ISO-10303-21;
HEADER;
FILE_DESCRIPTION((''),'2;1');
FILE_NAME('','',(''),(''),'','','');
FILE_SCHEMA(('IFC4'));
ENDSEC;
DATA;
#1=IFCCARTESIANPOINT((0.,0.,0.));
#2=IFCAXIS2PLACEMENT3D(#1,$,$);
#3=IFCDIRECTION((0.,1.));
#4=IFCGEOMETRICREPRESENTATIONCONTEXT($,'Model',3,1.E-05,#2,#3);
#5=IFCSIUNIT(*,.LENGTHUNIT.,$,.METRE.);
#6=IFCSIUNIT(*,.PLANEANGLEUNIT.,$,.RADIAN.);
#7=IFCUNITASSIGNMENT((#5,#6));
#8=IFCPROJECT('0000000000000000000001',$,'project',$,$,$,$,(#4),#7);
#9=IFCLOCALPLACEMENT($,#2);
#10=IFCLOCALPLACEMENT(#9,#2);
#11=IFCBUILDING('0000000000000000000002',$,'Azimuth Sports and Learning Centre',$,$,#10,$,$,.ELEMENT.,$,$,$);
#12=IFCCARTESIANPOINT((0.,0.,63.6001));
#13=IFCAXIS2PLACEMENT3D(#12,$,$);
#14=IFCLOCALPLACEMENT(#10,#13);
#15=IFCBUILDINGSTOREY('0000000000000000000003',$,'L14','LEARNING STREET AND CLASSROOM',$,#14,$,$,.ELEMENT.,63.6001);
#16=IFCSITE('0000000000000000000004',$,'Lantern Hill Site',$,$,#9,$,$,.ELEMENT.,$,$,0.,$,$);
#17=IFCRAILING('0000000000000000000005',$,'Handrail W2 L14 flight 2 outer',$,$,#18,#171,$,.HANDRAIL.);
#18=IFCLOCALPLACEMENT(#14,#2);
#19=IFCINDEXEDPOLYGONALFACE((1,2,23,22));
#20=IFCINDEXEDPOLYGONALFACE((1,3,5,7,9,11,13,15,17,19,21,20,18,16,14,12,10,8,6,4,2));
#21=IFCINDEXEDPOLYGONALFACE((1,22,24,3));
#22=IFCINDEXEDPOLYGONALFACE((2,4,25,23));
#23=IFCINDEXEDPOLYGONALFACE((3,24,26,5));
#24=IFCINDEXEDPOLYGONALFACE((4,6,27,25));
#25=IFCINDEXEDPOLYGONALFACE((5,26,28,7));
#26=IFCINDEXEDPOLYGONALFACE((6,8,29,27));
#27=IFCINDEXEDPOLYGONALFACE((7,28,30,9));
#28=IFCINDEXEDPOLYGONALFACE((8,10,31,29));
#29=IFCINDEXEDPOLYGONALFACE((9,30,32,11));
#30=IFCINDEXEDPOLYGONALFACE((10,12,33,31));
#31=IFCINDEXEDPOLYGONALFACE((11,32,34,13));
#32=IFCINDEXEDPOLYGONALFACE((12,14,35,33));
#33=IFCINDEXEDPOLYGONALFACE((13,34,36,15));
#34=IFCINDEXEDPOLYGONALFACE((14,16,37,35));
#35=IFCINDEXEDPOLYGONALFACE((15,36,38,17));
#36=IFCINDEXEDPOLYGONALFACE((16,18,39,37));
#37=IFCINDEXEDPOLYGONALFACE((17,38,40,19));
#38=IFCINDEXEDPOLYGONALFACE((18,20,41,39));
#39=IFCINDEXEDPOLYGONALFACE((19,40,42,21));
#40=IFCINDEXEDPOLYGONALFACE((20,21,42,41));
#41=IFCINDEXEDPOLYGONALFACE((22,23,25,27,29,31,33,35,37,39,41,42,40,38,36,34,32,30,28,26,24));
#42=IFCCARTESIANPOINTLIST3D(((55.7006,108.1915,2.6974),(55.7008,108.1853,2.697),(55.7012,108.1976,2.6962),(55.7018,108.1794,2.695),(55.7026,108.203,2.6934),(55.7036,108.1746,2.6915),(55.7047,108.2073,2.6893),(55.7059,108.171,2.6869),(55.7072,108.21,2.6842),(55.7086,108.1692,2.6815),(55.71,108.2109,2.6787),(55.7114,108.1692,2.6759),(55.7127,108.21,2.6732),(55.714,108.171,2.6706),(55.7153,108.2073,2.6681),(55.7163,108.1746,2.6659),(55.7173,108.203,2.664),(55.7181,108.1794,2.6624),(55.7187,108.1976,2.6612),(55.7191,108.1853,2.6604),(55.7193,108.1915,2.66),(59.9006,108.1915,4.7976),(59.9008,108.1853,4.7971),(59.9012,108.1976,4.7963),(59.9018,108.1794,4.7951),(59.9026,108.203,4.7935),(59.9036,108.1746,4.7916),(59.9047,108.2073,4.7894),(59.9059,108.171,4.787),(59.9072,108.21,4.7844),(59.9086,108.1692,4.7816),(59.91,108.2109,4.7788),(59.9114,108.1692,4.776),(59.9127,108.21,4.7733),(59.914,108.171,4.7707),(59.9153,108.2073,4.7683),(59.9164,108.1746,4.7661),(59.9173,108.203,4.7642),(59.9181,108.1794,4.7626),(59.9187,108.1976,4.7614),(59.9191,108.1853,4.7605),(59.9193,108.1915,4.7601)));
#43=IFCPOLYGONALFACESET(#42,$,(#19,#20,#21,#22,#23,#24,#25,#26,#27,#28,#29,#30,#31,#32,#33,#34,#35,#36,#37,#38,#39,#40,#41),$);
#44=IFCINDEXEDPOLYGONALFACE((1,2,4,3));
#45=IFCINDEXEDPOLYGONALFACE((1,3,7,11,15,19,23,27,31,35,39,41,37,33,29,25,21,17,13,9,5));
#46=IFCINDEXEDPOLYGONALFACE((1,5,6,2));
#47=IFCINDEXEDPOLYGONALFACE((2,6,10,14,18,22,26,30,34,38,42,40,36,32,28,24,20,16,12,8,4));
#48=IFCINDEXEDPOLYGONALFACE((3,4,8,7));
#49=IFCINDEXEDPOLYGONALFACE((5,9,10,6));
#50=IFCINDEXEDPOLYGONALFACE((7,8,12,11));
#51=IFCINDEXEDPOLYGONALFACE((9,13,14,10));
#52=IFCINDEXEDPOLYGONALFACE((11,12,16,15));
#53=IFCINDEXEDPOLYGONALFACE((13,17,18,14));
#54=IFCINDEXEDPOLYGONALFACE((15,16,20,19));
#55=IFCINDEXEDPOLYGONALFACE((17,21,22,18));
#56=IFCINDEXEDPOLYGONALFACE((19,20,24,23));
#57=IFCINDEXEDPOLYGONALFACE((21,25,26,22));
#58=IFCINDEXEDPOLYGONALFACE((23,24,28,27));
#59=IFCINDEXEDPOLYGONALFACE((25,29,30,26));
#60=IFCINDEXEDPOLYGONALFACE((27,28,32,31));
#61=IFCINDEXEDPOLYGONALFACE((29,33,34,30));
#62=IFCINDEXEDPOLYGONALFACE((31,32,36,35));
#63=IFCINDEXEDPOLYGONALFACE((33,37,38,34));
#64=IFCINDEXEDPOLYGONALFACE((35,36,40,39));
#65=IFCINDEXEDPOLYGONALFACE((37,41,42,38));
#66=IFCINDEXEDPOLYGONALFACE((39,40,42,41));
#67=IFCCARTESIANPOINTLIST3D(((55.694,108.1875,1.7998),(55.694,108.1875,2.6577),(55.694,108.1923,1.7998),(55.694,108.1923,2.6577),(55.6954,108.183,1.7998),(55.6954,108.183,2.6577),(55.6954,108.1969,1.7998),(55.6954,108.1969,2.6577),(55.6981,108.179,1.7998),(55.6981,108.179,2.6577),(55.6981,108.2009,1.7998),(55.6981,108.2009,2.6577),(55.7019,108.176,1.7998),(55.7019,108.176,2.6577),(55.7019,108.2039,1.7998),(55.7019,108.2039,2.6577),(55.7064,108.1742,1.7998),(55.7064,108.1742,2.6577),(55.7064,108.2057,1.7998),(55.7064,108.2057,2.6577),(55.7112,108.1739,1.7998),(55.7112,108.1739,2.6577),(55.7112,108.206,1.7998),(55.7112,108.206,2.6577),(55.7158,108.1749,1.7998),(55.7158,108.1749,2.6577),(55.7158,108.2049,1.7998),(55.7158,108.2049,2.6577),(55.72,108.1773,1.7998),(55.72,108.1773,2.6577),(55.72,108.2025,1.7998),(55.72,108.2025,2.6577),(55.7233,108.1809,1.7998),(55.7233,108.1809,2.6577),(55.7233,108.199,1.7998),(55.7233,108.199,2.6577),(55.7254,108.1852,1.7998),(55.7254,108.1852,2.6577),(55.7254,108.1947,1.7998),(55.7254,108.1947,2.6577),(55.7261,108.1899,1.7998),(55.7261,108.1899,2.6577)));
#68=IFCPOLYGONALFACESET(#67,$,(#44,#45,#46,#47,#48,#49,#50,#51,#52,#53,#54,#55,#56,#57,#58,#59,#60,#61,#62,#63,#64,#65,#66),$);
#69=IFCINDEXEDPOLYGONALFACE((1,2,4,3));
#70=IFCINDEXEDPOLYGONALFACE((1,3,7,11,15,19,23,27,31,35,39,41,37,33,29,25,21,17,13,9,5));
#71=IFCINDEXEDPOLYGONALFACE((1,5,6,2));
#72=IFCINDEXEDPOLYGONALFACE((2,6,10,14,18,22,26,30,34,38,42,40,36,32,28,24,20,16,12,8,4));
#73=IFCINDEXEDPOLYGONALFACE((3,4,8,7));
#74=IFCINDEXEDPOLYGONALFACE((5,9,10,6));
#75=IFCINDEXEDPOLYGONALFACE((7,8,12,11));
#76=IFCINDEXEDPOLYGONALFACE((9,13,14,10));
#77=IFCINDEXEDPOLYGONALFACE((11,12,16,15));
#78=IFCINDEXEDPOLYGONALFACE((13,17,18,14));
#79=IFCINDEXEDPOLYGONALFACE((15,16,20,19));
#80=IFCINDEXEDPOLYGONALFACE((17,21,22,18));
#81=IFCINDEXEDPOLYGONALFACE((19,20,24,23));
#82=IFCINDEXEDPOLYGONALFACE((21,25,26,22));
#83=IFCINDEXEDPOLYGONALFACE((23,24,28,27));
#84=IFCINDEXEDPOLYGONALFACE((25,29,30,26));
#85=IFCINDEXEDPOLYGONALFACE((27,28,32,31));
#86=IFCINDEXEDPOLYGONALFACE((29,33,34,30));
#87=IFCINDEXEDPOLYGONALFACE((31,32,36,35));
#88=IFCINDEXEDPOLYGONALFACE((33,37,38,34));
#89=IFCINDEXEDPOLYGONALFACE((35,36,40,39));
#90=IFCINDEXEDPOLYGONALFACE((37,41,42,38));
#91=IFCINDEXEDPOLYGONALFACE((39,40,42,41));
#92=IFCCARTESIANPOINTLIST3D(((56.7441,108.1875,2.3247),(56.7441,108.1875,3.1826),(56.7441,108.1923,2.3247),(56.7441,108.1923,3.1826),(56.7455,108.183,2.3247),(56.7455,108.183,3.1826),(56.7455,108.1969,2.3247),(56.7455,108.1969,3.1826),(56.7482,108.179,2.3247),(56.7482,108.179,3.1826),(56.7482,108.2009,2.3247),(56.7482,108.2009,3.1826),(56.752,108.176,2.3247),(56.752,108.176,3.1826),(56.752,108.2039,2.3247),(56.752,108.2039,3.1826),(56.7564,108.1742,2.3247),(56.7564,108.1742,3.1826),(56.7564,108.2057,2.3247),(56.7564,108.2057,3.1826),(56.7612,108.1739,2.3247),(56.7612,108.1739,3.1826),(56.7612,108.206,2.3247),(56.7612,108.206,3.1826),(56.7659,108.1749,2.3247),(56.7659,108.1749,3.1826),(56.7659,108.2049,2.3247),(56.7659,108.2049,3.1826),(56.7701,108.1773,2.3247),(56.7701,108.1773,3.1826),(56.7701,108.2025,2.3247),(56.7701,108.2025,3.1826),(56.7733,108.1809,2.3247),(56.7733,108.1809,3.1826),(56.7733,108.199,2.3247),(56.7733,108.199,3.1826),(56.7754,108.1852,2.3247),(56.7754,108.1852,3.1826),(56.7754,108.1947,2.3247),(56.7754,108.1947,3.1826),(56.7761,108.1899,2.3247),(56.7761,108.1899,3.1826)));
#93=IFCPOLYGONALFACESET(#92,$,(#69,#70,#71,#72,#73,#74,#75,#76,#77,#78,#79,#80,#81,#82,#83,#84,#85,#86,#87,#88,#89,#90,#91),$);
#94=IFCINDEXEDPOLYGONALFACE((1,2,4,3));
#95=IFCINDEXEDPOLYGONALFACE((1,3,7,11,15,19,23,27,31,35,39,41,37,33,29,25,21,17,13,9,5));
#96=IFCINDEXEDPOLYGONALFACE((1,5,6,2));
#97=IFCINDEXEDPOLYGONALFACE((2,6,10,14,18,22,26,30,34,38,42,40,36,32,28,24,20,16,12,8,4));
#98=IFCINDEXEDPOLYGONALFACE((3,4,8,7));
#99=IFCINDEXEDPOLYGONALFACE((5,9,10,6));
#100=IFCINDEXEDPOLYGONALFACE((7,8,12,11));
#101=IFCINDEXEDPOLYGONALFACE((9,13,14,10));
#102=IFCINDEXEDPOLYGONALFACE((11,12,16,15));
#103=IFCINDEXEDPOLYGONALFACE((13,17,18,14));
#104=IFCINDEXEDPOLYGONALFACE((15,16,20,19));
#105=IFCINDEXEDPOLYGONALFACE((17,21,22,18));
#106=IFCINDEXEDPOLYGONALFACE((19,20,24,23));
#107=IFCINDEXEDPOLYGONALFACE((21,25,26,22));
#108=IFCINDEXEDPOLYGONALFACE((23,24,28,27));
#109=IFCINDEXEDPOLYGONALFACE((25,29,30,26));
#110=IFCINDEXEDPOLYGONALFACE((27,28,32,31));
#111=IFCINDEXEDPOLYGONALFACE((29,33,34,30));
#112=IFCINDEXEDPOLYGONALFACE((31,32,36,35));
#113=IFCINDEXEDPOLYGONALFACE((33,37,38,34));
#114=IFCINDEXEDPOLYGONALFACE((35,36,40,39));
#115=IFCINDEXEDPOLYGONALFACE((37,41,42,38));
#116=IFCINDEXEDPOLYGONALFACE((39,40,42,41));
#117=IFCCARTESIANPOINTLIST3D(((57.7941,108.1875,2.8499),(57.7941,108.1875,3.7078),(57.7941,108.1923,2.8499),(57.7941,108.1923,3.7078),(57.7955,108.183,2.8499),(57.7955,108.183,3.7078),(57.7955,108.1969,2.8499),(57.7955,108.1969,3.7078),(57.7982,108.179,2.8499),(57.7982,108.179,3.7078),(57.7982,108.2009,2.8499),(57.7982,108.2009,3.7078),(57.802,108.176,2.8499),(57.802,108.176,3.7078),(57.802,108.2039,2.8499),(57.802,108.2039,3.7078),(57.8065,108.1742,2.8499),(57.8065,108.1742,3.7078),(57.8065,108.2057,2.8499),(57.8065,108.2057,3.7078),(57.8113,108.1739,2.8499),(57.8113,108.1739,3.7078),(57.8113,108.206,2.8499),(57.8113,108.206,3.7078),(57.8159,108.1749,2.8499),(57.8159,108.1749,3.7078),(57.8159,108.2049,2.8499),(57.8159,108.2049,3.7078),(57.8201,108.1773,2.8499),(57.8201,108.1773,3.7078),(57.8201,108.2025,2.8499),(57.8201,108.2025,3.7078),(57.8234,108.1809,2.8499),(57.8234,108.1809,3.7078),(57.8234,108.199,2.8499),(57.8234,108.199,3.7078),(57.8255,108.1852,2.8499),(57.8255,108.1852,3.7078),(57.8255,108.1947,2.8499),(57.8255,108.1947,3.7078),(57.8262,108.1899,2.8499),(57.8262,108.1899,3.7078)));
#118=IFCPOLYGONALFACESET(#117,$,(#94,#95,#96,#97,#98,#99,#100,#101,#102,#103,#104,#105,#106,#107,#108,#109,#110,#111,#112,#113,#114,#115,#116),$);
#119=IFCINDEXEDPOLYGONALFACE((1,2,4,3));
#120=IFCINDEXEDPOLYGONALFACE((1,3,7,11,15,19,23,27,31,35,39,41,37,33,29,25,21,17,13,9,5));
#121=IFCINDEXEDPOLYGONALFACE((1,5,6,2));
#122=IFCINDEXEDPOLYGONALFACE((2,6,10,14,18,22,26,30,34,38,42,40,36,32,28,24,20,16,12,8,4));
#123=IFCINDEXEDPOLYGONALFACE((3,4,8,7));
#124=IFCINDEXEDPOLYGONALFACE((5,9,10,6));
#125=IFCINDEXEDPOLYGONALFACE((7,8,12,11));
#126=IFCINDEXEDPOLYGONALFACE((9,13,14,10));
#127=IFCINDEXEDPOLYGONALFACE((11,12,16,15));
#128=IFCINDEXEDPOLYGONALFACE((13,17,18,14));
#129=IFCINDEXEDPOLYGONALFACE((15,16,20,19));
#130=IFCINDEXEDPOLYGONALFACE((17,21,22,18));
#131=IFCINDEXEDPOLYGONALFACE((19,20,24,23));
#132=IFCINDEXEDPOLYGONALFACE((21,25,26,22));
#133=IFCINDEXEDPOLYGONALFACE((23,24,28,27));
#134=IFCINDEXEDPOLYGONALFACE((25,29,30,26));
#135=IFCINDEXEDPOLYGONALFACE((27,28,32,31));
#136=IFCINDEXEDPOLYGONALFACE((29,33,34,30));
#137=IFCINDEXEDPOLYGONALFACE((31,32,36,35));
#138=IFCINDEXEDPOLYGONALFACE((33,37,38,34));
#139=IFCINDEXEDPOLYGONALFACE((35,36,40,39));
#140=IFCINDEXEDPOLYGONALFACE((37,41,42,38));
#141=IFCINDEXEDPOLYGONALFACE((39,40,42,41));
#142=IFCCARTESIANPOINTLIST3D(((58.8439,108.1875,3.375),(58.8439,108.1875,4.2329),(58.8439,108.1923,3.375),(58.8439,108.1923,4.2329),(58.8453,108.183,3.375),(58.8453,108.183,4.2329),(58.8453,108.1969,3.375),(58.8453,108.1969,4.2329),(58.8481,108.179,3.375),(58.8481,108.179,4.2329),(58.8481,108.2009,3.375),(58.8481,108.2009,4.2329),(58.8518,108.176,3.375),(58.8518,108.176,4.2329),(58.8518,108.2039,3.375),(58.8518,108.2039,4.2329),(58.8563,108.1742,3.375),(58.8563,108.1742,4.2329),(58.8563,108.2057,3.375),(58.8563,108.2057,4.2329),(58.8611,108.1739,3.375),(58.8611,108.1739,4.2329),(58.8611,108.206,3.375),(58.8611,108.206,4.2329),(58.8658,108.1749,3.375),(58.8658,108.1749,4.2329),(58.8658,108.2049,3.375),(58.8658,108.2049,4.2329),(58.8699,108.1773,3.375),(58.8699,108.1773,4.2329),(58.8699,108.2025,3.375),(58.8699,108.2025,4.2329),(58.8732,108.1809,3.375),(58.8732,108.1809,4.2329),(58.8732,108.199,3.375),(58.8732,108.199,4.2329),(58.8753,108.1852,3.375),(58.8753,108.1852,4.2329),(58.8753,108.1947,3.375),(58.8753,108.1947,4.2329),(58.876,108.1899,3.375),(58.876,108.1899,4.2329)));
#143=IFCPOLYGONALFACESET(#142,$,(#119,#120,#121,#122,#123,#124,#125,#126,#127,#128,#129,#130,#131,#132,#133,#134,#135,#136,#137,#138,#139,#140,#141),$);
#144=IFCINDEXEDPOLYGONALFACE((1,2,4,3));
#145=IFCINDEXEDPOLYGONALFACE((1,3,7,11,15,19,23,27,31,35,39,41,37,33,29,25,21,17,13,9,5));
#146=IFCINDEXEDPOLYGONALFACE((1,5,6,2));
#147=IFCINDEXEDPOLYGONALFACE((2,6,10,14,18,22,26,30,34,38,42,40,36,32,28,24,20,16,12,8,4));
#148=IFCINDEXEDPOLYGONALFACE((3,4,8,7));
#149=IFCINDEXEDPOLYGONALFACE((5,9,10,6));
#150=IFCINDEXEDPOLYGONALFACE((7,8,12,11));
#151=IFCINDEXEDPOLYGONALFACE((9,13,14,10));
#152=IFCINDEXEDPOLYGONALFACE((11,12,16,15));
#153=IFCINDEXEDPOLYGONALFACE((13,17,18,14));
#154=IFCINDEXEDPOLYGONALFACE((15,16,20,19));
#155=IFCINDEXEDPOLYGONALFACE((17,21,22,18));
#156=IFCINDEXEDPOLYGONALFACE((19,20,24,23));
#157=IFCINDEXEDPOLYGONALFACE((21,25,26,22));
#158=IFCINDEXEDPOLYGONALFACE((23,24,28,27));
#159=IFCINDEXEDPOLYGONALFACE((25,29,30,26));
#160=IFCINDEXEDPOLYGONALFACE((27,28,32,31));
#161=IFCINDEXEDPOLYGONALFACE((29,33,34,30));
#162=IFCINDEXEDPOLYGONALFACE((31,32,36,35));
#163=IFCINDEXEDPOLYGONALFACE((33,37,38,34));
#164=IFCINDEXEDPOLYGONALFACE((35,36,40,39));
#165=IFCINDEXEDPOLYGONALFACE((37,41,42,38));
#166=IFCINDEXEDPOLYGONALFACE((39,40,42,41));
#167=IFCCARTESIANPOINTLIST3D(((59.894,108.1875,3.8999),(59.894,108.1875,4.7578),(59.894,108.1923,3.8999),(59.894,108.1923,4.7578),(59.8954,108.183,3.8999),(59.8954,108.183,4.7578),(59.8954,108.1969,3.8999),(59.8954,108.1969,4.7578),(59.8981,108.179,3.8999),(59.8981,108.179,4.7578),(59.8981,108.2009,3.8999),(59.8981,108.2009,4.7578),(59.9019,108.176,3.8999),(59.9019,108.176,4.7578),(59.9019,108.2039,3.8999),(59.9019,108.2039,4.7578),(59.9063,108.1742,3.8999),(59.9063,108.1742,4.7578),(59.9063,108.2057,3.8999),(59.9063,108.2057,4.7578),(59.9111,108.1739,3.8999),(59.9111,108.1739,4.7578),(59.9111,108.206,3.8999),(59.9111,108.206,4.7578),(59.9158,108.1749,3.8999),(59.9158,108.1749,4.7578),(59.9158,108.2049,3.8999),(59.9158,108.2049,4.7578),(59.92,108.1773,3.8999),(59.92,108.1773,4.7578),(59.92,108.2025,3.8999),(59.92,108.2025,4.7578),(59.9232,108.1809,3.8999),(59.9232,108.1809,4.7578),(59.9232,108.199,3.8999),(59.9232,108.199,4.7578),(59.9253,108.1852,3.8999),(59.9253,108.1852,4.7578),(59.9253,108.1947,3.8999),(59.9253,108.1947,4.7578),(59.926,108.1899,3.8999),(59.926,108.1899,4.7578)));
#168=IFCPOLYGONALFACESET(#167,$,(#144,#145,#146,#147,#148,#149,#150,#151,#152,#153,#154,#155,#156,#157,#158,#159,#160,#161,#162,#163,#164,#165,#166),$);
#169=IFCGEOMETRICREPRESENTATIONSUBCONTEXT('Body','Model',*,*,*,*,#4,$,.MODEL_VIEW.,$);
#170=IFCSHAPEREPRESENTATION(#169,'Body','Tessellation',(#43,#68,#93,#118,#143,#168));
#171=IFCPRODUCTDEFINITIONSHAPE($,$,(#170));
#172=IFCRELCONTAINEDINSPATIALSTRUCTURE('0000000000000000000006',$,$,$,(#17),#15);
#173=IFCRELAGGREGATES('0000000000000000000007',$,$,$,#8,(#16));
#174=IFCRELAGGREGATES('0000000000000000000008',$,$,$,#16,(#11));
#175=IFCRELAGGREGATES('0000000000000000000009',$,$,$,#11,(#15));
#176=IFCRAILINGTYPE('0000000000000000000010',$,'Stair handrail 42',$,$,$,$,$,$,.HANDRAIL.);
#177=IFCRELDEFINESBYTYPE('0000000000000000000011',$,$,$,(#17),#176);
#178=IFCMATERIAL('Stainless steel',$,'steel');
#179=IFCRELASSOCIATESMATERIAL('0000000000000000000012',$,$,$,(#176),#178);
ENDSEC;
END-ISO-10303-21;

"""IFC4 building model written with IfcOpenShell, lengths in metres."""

from ifc_helpers import new_model, si_unit, direction, frame, origin, origin_2d, place, context, subcontext, project, spatial, circle, extrude, material, type_object, element, save


model = new_model("IFC4")

# Units and contexts
model_context = context("Model", 3, precision=1e-05, world=origin(), true_north=direction((0.0, 1.0)))
body_context = subcontext(model_context, "Body", "Model", "MODEL_VIEW")
ifc_project = project(units=[si_unit("LENGTHUNIT", "METRE"), si_unit("PLANEANGLEUNIT", "RADIAN")], contexts=[model_context])

# Site, building, storey
site_placement = place(None, origin())
site = spatial("IfcSite", under=ifc_project, at=site_placement, Name="Lantern Hill Site", CompositionType="ELEMENT", RefElevation=0.0)
building_placement = place(site_placement, origin())
building = spatial("IfcBuilding", under=site, at=building_placement, Name="Azimuth Sports and Learning Centre", CompositionType="ELEMENT")
storey_placement = place(building_placement, frame((0.0, 0.0, 63.6001)))
storey = spatial("IfcBuildingStorey", under=building, at=storey_placement, Name="L14", Description="LEARNING STREET AND CLASSROOM", CompositionType="ELEMENT", Elevation=63.6001)

# Railing
ifc_material_1 = material(Name="Stainless steel", Category="steel")
railing_type = type_object("IfcRailingType", Name="Stair handrail 42", PredefinedType="HANDRAIL", material=ifc_material_1)
for number, where, name in (
    (1, (55.71, 108.1899, 1.7998), "Handrail W2 L14 flight 2 outer"),
):
    element("IfcRailing", number, at=place(storey_placement, frame(where)), inside=storey, type_object=railing_type, Name=name, PredefinedType="HANDRAIL", context=body_context, shape_type="SweptSolid", body=[
        extrude(circle(Radius=0.021, at=origin_2d()), frame((0.0, 0.0, 0.8789), z_axis=(0.894417, 0.0, 0.447234), x_axis=(0.0, 1.0, 0.0)), (0.0, 0.0, 1.0), 4.6958),
        extrude(circle(Radius=0.0161, at=origin_2d()), origin(), (0.0, 0.0, 1.0), 0.8579),
        extrude(circle(Radius=0.0161, at=origin_2d()), frame((1.05, 0.0, 0.5249)), (0.0, 0.0, 1.0), 0.8579),
        extrude(circle(Radius=0.0161, at=origin_2d()), frame((2.1001, 0.0, 1.05)), (0.0, 0.0, 1.0), 0.8579),
        extrude(circle(Radius=0.0161, at=origin_2d()), frame((3.1499, 0.0, 1.5752)), (0.0, 0.0, 1.0), 0.8579),
        extrude(circle(Radius=0.0161, at=origin_2d()), frame((4.2, 0.0, 2.1001)), (0.0, 0.0, 1.0), 0.8579),
    ])

save(model, "model.ifc")
